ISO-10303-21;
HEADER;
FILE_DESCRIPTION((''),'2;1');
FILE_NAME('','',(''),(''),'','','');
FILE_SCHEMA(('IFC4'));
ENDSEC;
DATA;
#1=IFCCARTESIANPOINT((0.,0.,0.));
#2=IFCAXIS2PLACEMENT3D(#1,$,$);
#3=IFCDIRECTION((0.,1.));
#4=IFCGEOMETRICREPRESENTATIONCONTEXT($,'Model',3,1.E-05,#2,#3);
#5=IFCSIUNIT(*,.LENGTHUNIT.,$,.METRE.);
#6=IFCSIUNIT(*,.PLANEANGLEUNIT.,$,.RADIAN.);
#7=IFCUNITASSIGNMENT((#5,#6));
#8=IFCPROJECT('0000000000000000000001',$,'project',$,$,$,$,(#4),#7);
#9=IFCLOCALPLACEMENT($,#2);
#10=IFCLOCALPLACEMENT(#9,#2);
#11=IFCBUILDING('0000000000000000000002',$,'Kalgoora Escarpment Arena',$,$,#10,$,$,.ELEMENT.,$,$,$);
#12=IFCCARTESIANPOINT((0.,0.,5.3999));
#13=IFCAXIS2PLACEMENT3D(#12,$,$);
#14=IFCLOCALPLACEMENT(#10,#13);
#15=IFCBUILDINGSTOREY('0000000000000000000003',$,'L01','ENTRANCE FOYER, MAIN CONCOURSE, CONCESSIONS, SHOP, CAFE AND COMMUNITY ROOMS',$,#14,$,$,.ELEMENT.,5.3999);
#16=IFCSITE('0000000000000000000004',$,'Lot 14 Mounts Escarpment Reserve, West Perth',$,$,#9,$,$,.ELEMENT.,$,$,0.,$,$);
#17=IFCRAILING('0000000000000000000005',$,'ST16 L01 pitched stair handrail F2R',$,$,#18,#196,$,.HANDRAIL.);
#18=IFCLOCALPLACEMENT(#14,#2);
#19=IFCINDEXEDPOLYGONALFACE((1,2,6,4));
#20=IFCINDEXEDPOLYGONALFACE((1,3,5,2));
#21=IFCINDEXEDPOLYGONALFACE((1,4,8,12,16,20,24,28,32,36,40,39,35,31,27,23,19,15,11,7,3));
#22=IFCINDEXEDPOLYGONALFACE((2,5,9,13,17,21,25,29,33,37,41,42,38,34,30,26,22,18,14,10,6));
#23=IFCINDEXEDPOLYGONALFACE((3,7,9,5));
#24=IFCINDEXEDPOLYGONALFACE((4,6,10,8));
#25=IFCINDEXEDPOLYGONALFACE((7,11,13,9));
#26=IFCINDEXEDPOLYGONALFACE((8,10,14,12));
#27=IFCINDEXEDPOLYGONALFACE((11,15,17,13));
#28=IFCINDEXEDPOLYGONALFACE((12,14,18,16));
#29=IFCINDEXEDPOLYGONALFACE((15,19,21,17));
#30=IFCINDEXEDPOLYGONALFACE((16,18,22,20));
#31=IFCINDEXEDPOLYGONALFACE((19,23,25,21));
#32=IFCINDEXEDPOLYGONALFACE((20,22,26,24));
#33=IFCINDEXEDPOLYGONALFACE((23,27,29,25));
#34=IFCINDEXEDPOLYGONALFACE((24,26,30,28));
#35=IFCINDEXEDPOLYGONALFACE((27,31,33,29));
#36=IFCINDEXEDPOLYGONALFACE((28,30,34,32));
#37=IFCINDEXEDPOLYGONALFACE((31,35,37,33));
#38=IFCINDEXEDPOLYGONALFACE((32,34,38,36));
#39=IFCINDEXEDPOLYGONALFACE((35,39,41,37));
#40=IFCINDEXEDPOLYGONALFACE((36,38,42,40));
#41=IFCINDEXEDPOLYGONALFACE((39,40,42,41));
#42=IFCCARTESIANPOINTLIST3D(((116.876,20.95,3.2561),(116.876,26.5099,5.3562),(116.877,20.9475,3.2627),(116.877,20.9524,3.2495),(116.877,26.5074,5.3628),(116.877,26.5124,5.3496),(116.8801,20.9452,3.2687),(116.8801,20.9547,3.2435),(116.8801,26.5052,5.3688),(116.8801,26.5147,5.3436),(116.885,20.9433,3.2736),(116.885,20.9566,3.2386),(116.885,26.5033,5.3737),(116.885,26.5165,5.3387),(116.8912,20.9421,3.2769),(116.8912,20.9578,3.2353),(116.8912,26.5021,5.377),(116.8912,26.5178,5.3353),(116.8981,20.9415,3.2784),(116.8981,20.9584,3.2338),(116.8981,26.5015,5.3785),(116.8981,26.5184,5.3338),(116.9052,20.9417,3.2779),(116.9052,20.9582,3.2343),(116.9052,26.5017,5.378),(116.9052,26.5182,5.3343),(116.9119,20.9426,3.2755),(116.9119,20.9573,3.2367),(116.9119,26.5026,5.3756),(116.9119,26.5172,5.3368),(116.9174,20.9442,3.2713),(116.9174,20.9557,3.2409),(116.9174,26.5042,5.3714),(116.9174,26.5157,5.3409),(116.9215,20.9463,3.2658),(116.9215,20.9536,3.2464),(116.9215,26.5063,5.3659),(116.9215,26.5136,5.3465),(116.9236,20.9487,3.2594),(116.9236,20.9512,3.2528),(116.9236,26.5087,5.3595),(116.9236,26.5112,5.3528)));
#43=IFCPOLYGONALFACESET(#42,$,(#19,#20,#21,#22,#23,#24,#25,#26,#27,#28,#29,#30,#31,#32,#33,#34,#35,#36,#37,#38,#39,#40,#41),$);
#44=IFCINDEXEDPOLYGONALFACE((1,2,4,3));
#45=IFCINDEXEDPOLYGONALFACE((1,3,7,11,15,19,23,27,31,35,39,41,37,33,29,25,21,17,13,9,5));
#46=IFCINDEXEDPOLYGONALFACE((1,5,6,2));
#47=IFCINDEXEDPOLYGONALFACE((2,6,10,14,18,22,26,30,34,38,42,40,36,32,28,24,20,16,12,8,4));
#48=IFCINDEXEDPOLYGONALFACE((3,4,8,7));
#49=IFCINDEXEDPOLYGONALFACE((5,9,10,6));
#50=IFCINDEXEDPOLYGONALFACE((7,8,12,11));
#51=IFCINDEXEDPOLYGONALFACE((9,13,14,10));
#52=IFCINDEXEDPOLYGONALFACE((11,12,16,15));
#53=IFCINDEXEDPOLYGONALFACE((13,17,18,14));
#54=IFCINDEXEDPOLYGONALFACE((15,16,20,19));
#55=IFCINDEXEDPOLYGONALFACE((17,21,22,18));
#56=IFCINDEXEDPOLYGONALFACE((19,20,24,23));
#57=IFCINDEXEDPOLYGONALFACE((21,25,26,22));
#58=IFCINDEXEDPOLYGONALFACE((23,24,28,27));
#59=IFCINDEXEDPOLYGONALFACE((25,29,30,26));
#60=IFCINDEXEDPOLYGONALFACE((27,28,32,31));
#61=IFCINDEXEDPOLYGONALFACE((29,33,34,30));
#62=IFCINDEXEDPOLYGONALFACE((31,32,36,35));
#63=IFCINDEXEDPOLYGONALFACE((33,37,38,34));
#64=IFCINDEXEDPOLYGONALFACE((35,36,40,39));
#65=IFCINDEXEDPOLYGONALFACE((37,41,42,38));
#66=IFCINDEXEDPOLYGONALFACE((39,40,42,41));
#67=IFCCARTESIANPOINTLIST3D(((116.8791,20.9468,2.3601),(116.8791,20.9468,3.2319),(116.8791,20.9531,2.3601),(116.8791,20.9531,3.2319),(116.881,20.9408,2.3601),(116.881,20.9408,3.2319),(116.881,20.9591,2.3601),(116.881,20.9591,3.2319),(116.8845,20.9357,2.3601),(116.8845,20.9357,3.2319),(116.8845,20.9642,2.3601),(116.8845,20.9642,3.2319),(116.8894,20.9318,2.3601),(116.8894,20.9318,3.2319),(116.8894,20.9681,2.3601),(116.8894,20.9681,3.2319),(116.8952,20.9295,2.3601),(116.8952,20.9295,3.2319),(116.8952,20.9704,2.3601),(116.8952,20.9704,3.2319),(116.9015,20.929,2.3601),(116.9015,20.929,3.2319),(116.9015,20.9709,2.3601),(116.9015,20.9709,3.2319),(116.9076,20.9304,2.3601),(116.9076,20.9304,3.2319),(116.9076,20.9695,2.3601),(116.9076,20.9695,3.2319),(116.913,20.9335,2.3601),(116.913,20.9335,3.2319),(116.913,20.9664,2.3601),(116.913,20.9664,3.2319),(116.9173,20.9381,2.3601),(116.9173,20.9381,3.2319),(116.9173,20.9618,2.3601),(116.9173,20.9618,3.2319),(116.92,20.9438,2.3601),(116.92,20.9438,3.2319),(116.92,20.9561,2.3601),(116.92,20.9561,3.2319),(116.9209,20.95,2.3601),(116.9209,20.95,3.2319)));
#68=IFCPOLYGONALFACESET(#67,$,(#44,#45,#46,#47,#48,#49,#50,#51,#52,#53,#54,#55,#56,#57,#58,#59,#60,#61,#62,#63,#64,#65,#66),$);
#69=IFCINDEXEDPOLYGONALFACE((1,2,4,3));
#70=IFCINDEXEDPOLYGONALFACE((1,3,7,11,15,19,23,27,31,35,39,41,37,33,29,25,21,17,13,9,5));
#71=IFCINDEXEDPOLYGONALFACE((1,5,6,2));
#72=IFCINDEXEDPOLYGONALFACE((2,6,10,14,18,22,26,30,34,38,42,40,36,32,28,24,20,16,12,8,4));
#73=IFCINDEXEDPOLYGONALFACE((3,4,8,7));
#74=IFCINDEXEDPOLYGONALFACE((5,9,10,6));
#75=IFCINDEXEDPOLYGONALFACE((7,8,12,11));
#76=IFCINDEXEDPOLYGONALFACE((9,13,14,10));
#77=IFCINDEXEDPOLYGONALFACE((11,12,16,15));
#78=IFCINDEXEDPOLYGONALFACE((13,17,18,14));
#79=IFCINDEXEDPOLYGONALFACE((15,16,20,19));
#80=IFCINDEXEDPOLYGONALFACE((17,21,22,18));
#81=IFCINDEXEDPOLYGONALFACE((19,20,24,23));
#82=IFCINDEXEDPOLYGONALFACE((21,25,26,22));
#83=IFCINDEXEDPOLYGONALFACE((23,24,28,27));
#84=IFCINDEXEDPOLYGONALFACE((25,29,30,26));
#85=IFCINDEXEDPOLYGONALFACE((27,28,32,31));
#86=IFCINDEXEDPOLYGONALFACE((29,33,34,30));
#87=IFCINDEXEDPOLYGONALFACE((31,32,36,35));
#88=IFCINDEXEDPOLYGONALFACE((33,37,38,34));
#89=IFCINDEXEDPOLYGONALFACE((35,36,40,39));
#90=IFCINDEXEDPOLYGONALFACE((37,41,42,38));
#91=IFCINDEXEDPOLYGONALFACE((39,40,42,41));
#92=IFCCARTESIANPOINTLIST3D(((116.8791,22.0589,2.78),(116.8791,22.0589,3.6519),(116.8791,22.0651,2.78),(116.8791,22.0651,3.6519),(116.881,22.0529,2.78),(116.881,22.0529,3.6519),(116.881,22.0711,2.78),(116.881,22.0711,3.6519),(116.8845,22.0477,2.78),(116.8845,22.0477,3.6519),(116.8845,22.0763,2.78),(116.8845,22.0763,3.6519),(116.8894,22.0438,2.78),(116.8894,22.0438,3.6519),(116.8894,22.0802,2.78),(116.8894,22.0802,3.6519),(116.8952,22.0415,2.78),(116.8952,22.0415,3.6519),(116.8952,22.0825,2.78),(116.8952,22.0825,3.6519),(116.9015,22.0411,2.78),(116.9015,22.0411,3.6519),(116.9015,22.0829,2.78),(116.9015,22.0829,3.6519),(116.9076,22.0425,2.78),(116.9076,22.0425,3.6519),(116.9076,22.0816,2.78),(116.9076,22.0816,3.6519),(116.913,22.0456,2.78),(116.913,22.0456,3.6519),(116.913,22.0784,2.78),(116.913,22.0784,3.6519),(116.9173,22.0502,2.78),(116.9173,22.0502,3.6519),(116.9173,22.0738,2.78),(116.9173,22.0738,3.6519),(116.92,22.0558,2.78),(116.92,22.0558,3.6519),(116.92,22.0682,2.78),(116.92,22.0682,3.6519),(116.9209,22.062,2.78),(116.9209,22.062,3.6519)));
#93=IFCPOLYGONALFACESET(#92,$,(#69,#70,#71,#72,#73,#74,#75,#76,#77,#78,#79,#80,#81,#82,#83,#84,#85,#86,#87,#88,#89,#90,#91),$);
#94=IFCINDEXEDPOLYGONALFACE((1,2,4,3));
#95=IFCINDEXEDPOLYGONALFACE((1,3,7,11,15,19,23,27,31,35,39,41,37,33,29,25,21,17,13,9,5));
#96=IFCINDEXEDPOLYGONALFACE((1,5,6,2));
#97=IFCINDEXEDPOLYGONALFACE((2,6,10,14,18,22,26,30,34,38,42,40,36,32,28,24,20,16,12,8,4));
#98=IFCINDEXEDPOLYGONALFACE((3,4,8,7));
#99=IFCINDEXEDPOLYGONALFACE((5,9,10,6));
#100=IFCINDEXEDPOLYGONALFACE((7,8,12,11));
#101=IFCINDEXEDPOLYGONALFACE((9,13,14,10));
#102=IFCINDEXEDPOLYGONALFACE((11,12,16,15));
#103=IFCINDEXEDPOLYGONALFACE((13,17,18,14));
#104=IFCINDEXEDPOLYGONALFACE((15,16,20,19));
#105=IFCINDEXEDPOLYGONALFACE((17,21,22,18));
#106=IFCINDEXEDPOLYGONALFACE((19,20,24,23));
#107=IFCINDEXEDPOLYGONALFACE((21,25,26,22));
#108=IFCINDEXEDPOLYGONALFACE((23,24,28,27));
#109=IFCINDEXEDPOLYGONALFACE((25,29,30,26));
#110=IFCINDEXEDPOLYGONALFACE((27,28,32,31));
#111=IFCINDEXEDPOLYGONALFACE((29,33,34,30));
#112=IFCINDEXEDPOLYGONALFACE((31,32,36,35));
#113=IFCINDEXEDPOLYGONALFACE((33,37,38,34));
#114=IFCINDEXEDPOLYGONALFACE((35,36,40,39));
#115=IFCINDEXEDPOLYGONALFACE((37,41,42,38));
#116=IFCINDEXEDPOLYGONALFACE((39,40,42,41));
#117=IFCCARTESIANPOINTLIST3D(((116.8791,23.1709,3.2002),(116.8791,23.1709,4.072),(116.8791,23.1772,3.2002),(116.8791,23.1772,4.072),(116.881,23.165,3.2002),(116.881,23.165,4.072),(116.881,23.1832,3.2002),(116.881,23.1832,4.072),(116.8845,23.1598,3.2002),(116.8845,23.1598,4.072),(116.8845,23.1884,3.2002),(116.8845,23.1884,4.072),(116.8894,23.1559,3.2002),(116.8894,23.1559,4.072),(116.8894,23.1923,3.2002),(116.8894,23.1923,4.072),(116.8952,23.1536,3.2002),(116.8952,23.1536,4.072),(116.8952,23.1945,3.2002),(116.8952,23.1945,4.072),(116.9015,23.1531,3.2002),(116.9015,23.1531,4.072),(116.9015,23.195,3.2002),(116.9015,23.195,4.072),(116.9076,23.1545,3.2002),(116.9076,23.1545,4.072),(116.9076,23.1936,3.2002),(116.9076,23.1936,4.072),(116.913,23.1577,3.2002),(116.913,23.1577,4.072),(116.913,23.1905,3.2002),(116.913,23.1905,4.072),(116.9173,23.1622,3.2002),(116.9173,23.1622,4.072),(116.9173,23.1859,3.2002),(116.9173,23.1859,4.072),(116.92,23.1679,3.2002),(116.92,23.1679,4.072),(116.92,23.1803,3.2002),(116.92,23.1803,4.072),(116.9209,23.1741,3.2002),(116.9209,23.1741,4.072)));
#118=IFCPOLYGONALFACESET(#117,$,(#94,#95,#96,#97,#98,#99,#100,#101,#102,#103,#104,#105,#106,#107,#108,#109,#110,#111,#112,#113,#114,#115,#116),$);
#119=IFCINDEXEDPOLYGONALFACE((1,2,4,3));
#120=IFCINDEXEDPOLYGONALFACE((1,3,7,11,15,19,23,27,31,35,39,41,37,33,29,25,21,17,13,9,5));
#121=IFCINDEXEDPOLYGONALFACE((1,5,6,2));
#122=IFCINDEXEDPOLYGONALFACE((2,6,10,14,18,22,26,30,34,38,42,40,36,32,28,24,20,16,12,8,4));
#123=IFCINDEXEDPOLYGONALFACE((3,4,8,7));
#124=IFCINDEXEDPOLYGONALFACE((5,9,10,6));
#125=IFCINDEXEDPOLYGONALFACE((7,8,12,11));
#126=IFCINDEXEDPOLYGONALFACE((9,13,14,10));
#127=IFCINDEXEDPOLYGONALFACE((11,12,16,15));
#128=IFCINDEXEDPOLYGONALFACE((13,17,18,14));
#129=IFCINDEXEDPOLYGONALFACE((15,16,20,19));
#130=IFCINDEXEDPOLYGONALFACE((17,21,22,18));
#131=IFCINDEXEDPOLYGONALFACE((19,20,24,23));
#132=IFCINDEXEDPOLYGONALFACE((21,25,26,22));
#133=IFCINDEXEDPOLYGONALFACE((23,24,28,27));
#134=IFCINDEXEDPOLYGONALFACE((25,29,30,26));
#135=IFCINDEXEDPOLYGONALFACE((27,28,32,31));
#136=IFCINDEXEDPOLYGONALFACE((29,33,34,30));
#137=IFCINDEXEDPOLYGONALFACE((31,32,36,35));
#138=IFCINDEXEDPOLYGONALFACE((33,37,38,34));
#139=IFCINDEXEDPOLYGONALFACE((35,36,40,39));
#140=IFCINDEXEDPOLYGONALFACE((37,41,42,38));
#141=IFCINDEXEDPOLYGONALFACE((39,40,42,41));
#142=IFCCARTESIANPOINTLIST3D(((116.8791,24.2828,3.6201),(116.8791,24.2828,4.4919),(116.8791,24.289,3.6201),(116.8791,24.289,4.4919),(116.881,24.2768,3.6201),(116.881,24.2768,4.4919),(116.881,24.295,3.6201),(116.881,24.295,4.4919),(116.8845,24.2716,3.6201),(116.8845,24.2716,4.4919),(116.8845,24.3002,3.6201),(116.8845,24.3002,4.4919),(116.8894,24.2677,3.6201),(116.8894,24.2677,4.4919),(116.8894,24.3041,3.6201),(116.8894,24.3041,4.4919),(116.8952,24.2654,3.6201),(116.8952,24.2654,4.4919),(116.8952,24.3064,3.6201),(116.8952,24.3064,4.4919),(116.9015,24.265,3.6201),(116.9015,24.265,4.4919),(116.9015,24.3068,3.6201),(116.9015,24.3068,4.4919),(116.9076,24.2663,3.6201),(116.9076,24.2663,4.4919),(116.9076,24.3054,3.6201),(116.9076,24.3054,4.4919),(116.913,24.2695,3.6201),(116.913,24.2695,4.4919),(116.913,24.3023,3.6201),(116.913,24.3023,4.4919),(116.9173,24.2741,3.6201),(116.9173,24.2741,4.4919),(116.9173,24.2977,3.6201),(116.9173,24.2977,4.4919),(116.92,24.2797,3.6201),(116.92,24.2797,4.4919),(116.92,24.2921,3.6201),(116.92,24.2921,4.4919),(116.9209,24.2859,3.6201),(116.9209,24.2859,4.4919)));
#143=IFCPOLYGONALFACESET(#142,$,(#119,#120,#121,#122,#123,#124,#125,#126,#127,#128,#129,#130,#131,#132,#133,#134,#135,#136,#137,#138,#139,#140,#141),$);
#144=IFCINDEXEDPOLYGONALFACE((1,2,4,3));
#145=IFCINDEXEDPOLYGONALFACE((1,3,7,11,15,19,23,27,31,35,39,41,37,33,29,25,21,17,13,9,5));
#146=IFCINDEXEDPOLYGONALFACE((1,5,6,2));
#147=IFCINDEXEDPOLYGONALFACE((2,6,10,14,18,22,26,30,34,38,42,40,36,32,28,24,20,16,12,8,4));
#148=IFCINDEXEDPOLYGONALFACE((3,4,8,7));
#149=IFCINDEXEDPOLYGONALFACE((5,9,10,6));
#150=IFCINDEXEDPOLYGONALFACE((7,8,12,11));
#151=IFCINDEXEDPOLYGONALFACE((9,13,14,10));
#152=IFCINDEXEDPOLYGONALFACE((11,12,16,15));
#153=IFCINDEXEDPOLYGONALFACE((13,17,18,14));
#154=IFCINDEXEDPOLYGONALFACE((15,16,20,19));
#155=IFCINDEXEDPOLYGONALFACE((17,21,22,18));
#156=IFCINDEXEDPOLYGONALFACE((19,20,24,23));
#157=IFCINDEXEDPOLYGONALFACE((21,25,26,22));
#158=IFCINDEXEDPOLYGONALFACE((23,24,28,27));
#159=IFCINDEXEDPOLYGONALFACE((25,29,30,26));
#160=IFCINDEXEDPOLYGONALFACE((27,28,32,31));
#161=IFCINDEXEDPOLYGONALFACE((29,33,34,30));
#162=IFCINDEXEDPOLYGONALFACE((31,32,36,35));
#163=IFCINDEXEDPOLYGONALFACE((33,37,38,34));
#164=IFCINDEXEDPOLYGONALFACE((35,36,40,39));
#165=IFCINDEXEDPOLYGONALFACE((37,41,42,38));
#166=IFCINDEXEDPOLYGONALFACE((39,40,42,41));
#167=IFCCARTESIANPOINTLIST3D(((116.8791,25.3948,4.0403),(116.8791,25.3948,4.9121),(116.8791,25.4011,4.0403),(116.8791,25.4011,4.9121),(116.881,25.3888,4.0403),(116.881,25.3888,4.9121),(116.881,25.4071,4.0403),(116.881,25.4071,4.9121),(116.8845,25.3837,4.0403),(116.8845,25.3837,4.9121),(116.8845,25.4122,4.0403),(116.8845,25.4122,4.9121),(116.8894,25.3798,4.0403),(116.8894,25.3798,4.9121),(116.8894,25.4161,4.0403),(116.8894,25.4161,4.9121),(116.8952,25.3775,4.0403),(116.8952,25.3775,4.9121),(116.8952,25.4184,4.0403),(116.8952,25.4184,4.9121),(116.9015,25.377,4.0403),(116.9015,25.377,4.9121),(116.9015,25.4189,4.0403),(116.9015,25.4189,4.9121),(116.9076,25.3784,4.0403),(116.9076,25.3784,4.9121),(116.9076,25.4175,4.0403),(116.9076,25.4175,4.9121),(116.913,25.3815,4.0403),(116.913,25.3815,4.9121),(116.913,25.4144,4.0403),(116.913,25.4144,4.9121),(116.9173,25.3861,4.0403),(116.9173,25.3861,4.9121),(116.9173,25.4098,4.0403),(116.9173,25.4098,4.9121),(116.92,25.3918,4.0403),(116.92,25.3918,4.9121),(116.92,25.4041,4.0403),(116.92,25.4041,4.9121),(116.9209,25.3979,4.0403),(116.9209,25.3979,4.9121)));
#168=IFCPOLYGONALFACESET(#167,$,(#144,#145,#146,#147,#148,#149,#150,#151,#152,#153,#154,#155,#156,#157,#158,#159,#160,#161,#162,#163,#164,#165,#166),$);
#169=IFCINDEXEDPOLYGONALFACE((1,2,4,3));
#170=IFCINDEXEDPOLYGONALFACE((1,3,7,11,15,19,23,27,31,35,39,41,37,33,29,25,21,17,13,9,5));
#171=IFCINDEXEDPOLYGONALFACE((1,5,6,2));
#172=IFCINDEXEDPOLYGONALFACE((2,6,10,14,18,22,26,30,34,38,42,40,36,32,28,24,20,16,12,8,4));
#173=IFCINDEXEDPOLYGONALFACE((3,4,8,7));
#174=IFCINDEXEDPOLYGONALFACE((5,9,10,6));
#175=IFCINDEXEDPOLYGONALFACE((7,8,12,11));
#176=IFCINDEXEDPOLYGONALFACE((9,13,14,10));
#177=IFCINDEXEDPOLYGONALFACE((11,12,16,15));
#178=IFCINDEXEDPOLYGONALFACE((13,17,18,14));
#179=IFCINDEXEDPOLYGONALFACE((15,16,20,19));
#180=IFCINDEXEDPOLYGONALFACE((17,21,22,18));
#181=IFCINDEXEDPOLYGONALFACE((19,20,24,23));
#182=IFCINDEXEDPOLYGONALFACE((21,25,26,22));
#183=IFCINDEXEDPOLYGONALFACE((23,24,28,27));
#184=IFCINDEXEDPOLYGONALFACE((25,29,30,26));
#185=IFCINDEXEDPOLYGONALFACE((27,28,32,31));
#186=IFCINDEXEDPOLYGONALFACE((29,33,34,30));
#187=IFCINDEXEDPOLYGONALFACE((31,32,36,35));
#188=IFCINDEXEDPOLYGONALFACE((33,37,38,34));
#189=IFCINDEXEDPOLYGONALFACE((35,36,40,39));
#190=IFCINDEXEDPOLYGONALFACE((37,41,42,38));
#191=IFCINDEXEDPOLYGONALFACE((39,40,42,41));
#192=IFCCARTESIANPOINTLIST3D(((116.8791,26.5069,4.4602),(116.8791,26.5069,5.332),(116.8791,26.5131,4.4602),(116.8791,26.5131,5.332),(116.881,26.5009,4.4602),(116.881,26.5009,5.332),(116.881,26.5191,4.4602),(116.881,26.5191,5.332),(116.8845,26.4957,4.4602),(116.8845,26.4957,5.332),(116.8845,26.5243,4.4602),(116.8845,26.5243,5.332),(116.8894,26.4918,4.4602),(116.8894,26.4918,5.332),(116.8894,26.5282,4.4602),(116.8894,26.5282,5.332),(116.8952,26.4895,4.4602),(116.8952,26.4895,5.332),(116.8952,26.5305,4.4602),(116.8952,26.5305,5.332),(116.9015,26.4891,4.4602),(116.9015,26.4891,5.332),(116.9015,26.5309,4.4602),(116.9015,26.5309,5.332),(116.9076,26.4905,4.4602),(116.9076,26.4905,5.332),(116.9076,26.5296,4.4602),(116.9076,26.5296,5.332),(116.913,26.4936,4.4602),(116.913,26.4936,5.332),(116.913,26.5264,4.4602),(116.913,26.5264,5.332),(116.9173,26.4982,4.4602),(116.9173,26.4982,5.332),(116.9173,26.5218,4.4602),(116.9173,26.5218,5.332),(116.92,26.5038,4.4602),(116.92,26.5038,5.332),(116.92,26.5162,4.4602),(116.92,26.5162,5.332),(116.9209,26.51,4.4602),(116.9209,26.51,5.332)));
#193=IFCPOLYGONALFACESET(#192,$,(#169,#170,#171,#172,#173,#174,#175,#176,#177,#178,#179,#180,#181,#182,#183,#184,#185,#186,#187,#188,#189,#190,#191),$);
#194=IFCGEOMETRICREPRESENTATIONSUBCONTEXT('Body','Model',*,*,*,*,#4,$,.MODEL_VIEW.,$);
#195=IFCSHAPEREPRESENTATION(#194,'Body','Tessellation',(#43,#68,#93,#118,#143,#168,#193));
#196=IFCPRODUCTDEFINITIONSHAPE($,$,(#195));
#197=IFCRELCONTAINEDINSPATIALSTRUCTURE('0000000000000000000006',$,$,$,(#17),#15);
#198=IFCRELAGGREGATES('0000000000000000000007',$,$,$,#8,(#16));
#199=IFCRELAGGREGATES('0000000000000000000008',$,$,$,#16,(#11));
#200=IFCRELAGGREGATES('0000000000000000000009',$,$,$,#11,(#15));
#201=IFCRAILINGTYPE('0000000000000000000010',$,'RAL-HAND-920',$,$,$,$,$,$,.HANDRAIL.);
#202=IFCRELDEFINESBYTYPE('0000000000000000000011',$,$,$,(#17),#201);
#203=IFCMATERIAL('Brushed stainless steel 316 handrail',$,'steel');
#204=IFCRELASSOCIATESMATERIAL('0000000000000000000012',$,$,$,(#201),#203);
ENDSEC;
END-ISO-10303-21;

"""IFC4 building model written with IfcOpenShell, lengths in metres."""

from ifc_helpers import new_model, si_unit, direction, frame, origin, origin_2d, place, context, subcontext, project, spatial, circle, extrude, material, type_object, element, save


model = new_model("IFC4")

# Units and contexts
model_context = context("Model", 3, precision=1e-05, world=origin(), true_north=direction((0.0, 1.0)))
body_context = subcontext(model_context, "Body", "Model", "MODEL_VIEW")
ifc_project = project(units=[si_unit("LENGTHUNIT", "METRE"), si_unit("PLANEANGLEUNIT", "RADIAN")], contexts=[model_context])

# Site, building, storey
site_placement = place(None, origin())
site = spatial("IfcSite", under=ifc_project, at=site_placement, Name="Lot 14 Mounts Escarpment Reserve, West Perth", CompositionType="ELEMENT", RefElevation=0.0)
building_placement = place(site_placement, origin())
building = spatial("IfcBuilding", under=site, at=building_placement, Name="Kalgoora Escarpment Arena", CompositionType="ELEMENT")
storey_placement = place(building_placement, frame((0.0, 0.0, 5.3999)))
storey = spatial("IfcBuildingStorey", under=building, at=storey_placement, Name="L01", Description="ENTRANCE FOYER, MAIN CONCOURSE, CONCESSIONS, SHOP, CAFE AND COMMUNITY ROOMS", CompositionType="ELEMENT", Elevation=5.3999)

# Railing
ifc_material_1 = material(Name="Brushed stainless steel 316 handrail", Category="steel")
railing_type_1 = type_object("IfcRailingType", Name="RAL-HAND-920", PredefinedType="HANDRAIL", material=ifc_material_1)
for number, where, name in (
    (1, (116.8999, 20.95, 2.3601), "ST16 L01 pitched stair handrail F2R"),
):
    element("IfcRailing", number, at=place(storey_placement, frame(where)), inside=storey, type_object=railing_type_1, Name=name, PredefinedType="HANDRAIL", context=body_context, shape_type="SweptSolid", body=[
        extrude(circle(Radius=0.0239, at=origin_2d()), frame((0.0, 0.0, 0.896), z_axis=(0.0, 0.935493, 0.353346), x_axis=(-1.0, 0.0, 0.0)), (0.0, 0.0, 1.0), 5.9434),
        extrude(circle(Radius=0.021, at=origin_2d()), origin(), (0.0, 0.0, 1.0), 0.8718),
        extrude(circle(Radius=0.021, at=origin_2d()), frame((0.0, 1.1121, 0.4199)), (0.0, 0.0, 1.0), 0.8718),
        extrude(circle(Radius=0.021, at=origin_2d()), frame((0.0, 2.2241, 0.8401)), (0.0, 0.0, 1.0), 0.8718),
        extrude(circle(Radius=0.021, at=origin_2d()), frame((0.0, 3.3359, 1.26)), (0.0, 0.0, 1.0), 0.8718),
        extrude(circle(Radius=0.021, at=origin_2d()), frame((0.0, 4.448, 1.6802)), (0.0, 0.0, 1.0), 0.8718),
        extrude(circle(Radius=0.021, at=origin_2d()), frame((0.0, 5.5601, 2.1001)), (0.0, 0.0, 1.0), 0.8718),
    ])

save(model, "model.ifc")
